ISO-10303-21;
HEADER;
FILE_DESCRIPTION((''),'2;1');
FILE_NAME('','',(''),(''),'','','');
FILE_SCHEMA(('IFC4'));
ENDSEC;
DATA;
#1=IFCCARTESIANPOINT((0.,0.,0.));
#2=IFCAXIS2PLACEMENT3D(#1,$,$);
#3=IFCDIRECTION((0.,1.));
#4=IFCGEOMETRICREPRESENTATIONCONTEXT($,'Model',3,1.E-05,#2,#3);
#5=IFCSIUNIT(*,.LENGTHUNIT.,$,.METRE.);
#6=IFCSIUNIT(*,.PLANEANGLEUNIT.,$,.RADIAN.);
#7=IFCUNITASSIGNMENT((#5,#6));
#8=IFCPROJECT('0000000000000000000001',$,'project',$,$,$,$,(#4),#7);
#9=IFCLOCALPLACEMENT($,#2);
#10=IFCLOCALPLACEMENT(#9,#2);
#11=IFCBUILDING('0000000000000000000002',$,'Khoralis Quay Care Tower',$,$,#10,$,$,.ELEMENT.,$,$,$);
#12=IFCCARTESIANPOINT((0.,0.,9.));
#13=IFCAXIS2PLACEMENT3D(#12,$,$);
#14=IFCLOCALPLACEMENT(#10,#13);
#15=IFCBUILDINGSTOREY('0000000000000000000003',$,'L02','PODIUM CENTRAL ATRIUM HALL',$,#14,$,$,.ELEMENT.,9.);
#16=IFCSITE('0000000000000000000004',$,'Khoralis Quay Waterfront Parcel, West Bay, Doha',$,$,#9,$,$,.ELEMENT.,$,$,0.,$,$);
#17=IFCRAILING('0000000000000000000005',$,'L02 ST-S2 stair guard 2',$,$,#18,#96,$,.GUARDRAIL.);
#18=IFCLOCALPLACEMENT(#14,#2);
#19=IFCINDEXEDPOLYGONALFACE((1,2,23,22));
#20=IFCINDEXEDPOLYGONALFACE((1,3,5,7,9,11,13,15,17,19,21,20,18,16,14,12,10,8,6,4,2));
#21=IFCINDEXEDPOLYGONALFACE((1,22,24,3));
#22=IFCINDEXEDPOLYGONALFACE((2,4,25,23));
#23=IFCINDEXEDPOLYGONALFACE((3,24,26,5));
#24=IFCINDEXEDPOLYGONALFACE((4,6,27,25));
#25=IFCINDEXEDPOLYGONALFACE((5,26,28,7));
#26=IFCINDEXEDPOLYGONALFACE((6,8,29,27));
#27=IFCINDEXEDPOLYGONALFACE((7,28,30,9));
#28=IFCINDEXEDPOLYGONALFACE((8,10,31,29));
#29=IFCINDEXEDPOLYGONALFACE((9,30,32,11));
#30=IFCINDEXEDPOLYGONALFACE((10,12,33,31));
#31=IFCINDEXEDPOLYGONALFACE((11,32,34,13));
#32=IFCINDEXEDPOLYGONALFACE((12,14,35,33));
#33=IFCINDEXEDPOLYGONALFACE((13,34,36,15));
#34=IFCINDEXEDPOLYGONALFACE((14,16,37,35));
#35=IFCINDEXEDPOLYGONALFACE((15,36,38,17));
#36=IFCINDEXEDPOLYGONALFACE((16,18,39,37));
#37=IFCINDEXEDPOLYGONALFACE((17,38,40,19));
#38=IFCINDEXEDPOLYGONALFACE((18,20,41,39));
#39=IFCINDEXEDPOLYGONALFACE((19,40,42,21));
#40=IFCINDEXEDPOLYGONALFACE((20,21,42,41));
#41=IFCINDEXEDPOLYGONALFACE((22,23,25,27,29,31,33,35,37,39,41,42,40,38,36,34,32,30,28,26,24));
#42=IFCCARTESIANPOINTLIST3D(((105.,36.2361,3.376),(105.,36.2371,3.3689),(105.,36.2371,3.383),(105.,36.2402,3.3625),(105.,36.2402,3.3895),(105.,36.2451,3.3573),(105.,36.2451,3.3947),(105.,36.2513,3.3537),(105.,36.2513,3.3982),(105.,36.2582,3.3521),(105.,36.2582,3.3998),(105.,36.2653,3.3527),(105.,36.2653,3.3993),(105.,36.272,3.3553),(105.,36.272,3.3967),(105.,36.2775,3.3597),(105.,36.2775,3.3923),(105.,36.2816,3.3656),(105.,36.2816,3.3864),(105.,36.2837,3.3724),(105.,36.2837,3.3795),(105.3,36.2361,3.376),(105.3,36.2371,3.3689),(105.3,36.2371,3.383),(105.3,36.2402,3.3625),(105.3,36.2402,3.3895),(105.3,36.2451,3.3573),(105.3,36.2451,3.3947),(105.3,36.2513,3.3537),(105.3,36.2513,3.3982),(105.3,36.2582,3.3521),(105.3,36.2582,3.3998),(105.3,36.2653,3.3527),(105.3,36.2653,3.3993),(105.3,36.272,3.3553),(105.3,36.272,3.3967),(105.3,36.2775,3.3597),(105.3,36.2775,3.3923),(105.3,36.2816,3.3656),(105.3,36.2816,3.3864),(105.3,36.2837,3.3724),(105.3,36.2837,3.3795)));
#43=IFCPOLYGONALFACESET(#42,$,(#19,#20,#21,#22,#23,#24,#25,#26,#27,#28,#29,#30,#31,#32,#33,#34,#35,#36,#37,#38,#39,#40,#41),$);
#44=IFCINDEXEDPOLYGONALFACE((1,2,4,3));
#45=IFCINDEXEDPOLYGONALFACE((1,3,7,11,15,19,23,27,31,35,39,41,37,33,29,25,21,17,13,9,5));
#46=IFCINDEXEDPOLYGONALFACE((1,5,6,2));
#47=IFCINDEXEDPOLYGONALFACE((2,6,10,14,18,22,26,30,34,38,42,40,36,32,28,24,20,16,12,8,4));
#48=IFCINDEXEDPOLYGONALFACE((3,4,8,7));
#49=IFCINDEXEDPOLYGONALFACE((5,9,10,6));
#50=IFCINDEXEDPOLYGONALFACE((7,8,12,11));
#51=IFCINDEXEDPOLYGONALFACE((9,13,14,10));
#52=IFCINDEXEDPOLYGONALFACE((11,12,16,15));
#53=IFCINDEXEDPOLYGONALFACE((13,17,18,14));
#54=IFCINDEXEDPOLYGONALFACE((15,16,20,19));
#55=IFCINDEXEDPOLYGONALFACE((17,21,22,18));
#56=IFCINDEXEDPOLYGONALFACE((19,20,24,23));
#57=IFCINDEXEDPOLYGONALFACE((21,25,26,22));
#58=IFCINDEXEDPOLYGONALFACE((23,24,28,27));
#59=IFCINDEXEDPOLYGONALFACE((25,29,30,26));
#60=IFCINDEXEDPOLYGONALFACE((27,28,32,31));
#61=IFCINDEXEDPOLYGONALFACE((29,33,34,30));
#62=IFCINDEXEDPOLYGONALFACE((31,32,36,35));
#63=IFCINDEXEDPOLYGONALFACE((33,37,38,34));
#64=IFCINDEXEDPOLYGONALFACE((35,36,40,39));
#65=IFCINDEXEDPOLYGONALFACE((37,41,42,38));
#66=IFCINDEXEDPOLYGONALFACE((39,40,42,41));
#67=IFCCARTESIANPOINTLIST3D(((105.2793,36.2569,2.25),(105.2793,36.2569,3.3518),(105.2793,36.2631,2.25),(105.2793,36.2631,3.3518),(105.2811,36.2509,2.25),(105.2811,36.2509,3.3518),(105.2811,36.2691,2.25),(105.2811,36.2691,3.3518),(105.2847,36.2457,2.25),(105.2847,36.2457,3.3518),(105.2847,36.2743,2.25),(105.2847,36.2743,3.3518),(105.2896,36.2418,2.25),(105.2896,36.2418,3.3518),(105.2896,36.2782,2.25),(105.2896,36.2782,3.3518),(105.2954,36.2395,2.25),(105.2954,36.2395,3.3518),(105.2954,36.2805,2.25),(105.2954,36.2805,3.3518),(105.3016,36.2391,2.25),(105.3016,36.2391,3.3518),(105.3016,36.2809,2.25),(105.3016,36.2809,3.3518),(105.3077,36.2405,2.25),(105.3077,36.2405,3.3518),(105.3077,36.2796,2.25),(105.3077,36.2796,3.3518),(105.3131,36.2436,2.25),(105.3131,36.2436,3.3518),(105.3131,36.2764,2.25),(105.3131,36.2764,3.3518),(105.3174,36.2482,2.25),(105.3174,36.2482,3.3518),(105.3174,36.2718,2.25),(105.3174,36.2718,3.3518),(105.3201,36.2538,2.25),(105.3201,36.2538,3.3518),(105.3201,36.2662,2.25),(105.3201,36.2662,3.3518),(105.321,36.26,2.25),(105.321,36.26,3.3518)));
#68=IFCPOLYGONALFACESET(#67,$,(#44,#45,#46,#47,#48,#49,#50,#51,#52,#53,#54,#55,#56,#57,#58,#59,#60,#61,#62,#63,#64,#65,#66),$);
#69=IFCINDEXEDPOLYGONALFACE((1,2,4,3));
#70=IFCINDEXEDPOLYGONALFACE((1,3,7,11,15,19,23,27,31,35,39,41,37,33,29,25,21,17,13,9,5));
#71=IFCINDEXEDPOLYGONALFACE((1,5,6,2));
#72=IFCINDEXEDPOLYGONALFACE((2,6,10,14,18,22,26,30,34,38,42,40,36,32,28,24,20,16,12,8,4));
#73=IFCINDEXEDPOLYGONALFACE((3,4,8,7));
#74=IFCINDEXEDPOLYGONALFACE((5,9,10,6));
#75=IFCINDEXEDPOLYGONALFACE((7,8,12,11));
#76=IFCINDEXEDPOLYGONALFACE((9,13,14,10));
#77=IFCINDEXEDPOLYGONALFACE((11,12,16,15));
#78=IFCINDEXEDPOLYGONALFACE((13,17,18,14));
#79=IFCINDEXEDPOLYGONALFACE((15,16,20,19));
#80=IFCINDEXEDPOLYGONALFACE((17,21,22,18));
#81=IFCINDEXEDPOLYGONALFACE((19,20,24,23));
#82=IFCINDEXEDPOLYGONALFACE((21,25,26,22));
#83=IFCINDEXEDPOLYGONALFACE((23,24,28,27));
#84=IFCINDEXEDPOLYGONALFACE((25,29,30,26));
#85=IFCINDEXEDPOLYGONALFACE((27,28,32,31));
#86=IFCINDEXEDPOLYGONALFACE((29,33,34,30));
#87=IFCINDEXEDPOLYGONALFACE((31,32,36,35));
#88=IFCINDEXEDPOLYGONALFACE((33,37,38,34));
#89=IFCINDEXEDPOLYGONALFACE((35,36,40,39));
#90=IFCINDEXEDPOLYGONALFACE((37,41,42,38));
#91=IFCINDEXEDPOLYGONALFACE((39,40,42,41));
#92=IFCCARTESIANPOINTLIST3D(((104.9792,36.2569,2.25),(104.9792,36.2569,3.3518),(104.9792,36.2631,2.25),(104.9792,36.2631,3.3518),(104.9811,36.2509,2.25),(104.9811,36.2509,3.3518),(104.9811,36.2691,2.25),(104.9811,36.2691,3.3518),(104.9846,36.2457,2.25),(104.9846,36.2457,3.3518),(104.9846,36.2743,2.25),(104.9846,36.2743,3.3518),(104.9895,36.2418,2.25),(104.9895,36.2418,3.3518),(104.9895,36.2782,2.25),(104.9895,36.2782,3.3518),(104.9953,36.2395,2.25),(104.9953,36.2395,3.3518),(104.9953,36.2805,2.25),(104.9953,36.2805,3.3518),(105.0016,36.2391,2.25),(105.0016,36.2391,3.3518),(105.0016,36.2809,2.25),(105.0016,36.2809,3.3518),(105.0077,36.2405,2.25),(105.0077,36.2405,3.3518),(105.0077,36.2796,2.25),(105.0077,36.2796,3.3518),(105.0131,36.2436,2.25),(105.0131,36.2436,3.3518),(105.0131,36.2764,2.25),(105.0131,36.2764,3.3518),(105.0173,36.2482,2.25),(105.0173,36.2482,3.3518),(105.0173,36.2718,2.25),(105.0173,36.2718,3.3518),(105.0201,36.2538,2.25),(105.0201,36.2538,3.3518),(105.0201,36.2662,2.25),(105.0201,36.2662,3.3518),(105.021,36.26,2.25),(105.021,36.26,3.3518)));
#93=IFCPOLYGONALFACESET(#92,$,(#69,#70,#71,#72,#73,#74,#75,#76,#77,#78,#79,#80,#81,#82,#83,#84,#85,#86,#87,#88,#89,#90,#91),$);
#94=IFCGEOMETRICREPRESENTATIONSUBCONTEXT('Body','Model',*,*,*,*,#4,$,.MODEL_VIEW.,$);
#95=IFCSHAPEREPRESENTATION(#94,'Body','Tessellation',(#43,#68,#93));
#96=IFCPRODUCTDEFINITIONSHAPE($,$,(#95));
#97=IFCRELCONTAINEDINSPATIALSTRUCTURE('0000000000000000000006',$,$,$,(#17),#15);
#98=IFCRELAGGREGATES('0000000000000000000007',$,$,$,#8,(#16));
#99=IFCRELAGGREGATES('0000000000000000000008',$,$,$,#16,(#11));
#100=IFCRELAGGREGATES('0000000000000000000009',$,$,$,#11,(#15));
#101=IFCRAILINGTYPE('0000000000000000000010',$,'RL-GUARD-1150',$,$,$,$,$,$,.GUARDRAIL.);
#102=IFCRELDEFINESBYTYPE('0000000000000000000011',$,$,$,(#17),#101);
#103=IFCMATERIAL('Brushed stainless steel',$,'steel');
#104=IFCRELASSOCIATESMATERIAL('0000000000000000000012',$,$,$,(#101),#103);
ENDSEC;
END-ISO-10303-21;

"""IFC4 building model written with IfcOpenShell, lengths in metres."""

from ifc_helpers import new_model, si_unit, direction, frame, origin, origin_2d, place, context, subcontext, project, spatial, circle, extrude, material, type_object, element, save


model = new_model("IFC4")

# Units and contexts
model_context = context("Model", 3, precision=1e-05, world=origin(), true_north=direction((0.0, 1.0)))
body_context = subcontext(model_context, "Body", "Model", "MODEL_VIEW")
ifc_project = project(units=[si_unit("LENGTHUNIT", "METRE"), si_unit("PLANEANGLEUNIT", "RADIAN")], contexts=[model_context])

# Site, building, storey
site_placement = place(None, origin())
site = spatial("IfcSite", under=ifc_project, at=site_placement, Name="Khoralis Quay Waterfront Parcel, West Bay, Doha", CompositionType="ELEMENT", RefElevation=0.0)
building_placement = place(site_placement, origin())
building = spatial("IfcBuilding", under=site, at=building_placement, Name="Khoralis Quay Care Tower", CompositionType="ELEMENT")
storey_placement = place(building_placement, frame((0.0, 0.0, 9.0)))
storey = spatial("IfcBuildingStorey", under=building, at=storey_placement, Name="L02", Description="PODIUM CENTRAL ATRIUM HALL", CompositionType="ELEMENT", Elevation=9.0)

# Railing
ifc_material_1 = material(Name="Brushed stainless steel", Category="steel")
railing_type_1 = type_object("IfcRailingType", Name="RL-GUARD-1150", PredefinedType="GUARDRAIL", material=ifc_material_1)
railing_1_placement = place(storey_placement, frame((105.3, 36.26, 2.25)))
element("IfcRailing", 1, at=railing_1_placement, inside=storey, type_object=railing_type_1, Name="L02 ST-S2 stair guard 2", PredefinedType="GUARDRAIL", context=body_context, shape_type="SweptSolid", body=[
    extrude(circle(Radius=0.0239, at=origin_2d()), frame((0.0, 0.0, 1.126), z_axis=(-1.0, 0.0, 0.0), x_axis=(0.0, -1.0, 0.0)), (0.0, 0.0, 1.0), 0.3),
    extrude(circle(Radius=0.021, at=origin_2d()), origin(), (0.0, 0.0, 1.0), 1.1018),
    extrude(circle(Radius=0.021, at=origin_2d()), frame((-0.3, 0.0, 0.0)), (0.0, 0.0, 1.0), 1.1018),
])

save(model, "model.ifc")
